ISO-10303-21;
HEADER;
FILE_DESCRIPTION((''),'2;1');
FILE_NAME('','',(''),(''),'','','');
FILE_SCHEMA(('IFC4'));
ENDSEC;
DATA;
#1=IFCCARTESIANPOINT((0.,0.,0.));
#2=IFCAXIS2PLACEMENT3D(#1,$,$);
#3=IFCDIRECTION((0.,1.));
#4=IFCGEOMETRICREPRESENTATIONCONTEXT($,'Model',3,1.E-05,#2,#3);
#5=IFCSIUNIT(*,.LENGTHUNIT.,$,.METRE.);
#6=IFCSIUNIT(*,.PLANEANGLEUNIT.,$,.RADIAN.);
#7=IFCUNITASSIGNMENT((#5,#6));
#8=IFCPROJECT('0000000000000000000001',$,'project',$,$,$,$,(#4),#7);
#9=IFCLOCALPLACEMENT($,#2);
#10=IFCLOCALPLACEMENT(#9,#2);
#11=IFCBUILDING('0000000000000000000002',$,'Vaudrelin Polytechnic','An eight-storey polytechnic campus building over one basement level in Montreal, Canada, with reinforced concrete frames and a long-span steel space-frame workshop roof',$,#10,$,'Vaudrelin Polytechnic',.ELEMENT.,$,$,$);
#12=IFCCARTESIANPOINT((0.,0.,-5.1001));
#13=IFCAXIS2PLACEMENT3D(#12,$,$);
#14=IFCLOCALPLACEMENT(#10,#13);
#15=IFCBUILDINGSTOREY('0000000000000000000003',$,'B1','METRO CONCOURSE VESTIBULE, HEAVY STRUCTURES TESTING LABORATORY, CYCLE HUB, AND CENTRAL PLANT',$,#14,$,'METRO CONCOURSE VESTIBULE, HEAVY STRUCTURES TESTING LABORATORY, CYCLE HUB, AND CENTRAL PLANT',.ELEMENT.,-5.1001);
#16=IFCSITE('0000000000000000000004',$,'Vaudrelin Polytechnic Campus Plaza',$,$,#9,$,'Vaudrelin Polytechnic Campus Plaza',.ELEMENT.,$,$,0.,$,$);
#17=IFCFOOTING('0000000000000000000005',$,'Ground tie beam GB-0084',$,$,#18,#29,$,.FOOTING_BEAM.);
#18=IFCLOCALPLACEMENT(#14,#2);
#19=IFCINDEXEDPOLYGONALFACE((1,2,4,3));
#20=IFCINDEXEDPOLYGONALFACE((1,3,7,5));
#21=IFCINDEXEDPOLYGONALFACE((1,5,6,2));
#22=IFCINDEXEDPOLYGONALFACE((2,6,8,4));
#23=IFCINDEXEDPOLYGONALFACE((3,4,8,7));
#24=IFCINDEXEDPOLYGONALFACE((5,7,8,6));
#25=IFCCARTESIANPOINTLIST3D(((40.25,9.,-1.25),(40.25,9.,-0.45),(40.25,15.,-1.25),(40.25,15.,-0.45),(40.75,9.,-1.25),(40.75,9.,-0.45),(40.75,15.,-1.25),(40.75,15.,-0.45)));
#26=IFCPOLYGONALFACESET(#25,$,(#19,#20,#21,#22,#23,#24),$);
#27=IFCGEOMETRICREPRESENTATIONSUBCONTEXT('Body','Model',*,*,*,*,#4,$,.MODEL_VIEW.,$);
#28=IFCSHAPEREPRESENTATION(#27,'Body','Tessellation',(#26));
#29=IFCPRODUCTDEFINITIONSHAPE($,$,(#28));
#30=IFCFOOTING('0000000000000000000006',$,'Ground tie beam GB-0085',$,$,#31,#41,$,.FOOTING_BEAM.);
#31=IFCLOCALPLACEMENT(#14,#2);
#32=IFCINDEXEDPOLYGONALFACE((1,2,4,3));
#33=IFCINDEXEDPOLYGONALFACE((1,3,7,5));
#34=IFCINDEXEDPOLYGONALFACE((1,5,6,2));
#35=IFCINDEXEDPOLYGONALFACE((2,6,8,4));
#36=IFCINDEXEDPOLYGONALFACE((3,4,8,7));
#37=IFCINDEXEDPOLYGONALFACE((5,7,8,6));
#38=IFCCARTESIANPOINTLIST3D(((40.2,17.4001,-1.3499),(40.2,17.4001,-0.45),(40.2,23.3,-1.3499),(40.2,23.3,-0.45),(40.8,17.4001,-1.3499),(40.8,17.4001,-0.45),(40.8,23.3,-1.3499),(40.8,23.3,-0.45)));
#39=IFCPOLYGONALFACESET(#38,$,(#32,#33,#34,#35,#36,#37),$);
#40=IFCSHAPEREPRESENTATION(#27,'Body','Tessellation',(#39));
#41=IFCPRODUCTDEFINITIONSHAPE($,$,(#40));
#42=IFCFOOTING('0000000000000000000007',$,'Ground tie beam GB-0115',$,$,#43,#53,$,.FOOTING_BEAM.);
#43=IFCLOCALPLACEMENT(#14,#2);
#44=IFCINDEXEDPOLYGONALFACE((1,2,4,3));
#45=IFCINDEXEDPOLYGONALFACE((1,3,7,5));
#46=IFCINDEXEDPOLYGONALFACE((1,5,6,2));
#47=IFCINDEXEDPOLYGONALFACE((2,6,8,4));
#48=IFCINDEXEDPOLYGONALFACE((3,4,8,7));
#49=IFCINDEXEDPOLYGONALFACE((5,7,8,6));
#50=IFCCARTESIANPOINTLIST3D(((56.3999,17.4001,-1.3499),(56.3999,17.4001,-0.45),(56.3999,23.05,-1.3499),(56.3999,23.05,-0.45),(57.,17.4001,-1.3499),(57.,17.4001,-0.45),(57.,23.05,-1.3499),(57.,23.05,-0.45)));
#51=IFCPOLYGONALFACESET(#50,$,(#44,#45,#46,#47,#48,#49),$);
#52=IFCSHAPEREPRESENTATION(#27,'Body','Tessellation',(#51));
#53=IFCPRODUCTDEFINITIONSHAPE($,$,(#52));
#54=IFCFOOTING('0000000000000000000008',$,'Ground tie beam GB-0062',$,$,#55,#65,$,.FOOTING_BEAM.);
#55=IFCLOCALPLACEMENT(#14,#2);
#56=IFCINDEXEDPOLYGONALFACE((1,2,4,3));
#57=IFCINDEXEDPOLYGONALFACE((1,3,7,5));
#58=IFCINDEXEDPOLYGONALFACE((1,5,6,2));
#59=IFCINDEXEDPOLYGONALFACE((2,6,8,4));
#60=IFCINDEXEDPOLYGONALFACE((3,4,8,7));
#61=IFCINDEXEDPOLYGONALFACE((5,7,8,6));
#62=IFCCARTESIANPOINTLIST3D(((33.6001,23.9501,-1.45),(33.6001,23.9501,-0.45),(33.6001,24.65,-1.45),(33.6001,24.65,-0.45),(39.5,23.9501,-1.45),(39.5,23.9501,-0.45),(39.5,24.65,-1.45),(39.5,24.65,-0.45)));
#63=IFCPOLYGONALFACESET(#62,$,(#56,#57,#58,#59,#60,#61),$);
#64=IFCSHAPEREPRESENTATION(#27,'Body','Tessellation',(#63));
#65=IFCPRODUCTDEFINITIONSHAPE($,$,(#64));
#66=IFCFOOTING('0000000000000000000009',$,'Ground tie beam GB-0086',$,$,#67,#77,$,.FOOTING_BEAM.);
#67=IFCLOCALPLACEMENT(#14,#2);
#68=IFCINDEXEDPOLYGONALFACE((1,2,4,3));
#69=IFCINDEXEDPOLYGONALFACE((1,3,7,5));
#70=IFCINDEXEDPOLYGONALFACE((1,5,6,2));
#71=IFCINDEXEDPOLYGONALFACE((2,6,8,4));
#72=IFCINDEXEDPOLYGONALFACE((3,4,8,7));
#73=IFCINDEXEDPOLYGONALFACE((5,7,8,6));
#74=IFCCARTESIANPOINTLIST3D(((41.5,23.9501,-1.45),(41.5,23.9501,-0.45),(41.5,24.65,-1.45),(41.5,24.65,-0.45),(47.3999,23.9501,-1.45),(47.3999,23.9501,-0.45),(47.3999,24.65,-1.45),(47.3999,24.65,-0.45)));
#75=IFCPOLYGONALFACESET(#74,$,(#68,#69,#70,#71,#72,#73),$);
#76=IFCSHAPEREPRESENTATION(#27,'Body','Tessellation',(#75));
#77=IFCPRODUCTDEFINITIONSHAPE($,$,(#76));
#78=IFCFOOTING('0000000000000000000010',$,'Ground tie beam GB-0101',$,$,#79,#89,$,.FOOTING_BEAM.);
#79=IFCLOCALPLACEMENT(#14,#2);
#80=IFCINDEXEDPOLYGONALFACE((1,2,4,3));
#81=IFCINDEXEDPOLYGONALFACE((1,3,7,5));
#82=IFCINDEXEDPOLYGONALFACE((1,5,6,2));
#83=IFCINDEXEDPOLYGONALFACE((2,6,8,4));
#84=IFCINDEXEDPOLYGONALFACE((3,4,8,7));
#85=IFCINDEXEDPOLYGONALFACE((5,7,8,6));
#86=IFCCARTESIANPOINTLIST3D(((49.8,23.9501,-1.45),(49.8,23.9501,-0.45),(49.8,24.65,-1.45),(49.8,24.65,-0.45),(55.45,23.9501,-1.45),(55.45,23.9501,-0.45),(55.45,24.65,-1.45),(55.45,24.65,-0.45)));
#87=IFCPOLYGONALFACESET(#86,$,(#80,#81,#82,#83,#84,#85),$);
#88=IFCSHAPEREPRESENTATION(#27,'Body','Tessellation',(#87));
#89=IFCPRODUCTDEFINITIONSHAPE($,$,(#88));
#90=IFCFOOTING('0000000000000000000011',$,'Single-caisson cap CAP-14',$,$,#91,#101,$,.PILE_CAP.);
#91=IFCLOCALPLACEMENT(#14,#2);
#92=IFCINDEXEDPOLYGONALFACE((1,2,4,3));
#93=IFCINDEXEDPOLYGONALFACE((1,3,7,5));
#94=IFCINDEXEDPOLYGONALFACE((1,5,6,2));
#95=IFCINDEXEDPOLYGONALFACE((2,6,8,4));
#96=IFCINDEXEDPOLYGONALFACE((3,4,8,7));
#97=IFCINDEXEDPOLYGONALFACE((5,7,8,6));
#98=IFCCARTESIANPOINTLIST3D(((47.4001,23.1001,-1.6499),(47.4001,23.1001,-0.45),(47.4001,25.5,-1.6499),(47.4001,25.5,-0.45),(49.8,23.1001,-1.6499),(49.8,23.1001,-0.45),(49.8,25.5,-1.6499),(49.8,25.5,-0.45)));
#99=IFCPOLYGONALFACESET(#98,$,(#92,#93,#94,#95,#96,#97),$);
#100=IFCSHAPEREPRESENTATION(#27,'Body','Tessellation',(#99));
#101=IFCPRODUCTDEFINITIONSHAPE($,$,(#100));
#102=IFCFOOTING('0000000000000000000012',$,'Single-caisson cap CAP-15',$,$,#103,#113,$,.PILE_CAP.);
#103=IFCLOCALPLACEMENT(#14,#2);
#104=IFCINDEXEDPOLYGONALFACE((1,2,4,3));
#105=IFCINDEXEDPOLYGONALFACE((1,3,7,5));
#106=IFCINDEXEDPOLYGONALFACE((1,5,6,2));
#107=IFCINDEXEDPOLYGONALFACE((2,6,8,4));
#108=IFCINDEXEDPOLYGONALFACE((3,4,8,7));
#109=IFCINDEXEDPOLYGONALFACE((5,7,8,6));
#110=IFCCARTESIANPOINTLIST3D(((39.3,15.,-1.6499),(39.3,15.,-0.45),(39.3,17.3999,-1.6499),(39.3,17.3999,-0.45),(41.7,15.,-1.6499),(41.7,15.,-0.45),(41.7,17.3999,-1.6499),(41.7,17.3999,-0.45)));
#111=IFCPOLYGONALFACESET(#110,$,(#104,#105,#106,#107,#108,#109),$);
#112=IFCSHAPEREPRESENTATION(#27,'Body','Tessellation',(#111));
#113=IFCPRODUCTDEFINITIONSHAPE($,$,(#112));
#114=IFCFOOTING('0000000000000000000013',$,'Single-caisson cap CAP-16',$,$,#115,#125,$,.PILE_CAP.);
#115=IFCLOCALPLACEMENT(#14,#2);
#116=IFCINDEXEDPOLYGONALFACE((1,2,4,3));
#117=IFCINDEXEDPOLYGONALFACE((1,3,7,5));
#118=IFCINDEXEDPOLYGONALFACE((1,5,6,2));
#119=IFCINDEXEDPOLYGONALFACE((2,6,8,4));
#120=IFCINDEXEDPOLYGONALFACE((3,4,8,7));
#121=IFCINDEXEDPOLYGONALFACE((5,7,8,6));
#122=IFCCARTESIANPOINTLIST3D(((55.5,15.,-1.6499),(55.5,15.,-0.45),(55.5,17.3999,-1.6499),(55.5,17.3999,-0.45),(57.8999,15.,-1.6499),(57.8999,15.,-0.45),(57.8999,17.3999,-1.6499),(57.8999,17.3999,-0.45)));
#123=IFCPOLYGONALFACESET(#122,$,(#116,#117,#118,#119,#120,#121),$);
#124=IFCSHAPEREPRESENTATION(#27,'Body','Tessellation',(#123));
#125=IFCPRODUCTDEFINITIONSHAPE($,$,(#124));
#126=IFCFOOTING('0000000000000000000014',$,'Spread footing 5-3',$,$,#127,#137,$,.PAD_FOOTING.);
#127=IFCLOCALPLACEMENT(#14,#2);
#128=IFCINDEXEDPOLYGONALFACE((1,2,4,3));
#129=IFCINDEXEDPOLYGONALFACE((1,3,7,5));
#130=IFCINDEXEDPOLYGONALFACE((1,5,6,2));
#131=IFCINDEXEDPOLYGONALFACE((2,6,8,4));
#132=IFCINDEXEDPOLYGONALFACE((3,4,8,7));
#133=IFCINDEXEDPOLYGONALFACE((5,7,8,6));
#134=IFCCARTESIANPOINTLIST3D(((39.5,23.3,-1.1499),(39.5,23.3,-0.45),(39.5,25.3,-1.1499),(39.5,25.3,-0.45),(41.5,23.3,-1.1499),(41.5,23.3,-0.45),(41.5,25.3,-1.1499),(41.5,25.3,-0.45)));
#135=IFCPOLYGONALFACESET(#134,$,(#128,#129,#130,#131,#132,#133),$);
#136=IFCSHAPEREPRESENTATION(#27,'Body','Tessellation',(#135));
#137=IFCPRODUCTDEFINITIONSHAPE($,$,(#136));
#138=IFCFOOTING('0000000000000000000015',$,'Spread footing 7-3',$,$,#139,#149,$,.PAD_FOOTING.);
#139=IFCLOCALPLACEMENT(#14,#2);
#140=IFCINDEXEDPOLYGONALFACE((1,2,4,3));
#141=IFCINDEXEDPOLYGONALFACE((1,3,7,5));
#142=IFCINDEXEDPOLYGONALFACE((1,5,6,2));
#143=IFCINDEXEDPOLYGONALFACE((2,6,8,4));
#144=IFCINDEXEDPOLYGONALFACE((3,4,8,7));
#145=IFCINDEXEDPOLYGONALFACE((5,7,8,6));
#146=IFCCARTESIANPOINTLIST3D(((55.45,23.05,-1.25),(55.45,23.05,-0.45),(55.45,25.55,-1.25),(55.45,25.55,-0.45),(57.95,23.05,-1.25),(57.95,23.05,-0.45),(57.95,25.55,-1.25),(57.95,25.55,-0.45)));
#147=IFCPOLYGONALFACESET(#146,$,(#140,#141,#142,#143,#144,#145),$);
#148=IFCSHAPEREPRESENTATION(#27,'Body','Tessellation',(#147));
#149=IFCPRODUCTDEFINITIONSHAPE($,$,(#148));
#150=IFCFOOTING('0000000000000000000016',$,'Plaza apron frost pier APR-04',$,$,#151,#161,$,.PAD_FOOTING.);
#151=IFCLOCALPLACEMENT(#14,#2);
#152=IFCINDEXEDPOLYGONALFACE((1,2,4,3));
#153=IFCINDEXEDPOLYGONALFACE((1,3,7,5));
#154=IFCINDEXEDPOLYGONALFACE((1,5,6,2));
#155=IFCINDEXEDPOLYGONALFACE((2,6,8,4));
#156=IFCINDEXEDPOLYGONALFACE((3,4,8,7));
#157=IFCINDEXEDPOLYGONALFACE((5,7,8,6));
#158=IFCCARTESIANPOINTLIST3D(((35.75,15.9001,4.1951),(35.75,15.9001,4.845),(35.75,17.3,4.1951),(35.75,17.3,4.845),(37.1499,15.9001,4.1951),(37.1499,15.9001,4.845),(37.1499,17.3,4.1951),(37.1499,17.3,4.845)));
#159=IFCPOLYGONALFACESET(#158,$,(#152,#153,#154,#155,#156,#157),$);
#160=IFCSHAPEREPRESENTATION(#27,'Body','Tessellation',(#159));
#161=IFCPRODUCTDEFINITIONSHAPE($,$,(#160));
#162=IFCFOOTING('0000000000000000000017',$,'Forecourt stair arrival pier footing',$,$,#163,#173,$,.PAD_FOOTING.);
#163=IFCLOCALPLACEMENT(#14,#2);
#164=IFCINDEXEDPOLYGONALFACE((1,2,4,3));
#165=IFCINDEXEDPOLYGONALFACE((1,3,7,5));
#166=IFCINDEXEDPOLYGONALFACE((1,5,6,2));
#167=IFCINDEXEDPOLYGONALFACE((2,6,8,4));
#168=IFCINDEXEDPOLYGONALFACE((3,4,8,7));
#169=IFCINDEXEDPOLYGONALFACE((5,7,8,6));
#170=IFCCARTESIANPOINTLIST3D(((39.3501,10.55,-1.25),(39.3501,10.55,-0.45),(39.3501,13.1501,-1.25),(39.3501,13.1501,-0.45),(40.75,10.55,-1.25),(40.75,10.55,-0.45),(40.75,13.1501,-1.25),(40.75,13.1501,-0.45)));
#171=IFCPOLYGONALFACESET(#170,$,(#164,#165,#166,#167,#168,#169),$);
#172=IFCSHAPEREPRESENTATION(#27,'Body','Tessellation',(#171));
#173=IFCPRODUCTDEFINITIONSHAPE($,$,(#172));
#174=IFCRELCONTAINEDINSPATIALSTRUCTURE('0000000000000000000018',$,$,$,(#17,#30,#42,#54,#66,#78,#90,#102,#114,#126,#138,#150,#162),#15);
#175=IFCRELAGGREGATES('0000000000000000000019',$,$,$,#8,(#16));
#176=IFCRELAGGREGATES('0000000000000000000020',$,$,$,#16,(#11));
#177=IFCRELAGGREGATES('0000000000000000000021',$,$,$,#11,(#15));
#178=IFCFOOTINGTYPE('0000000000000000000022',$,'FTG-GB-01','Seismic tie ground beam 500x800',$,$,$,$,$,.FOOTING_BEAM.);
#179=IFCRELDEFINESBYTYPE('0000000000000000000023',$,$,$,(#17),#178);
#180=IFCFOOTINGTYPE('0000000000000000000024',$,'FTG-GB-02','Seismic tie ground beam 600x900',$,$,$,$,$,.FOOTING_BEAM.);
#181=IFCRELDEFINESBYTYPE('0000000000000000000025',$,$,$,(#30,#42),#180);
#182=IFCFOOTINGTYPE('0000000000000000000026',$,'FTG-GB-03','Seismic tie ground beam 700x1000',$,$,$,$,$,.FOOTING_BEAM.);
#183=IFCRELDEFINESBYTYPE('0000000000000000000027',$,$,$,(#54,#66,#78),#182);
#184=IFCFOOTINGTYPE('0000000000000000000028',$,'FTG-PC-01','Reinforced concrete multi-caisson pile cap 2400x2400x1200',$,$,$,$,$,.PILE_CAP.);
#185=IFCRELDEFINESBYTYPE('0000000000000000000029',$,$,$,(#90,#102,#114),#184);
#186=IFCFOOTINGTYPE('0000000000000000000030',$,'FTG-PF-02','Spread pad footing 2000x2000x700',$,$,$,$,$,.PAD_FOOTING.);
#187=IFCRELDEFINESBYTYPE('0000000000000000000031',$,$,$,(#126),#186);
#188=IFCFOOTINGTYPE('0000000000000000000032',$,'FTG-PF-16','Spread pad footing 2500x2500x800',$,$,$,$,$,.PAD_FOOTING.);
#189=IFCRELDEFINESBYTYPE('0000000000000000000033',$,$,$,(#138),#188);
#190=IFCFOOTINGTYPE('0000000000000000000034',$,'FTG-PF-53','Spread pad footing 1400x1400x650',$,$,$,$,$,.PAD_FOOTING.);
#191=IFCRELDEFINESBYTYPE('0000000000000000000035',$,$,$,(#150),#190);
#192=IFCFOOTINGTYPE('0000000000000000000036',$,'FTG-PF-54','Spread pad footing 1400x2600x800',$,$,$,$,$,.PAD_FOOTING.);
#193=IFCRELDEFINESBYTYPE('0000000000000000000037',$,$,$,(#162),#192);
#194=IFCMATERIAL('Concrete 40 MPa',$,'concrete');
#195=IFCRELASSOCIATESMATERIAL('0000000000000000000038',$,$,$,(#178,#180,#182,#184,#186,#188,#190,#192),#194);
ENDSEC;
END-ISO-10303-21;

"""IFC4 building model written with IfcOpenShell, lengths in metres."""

from ifc_helpers import new_model, si_unit, direction, frame, origin, origin_2d, place, context, subcontext, project, spatial, rectangle, extrude, material, type_object, element, save


model = new_model("IFC4")

# Units and contexts
model_context = context("Model", 3, precision=1e-05, world=origin(), true_north=direction((0.0, 1.0)))
body_context = subcontext(model_context, "Body", "Model", "MODEL_VIEW")
ifc_project = project(units=[si_unit("LENGTHUNIT", "METRE"), si_unit("PLANEANGLEUNIT", "RADIAN")], contexts=[model_context])

# Site, building, storey
site_placement = place(None, origin())
site = spatial("IfcSite", under=ifc_project, at=site_placement, Name="Vaudrelin Polytechnic Campus Plaza", LongName="Vaudrelin Polytechnic Campus Plaza", CompositionType="ELEMENT", RefElevation=0.0)
building_placement = place(site_placement, origin())
building = spatial("IfcBuilding", under=site, at=building_placement, Name="Vaudrelin Polytechnic", Description="An eight-storey polytechnic campus building over one basement level in Montreal, Canada, with reinforced concrete frames and a long-span steel space-frame workshop roof", LongName="Vaudrelin Polytechnic", CompositionType="ELEMENT")
storey_placement = place(building_placement, frame((0.0, 0.0, -5.1001)))
storey = spatial("IfcBuildingStorey", under=building, at=storey_placement, Name="B1", Description="METRO CONCOURSE VESTIBULE, HEAVY STRUCTURES TESTING LABORATORY, CYCLE HUB, AND CENTRAL PLANT", LongName="METRO CONCOURSE VESTIBULE, HEAVY STRUCTURES TESTING LABORATORY, CYCLE HUB, AND CENTRAL PLANT", CompositionType="ELEMENT", Elevation=-5.1001)

# Footings
ifc_material_1 = material(Name="Concrete 40 MPa", Category="concrete")
footing_type_1 = type_object("IfcFootingType", Name="FTG-GB-01", Description="Seismic tie ground beam 500x800", PredefinedType="FOOTING_BEAM", material=ifc_material_1)
footing_1_placement = place(storey_placement, frame((40.5, 12.0, -1.25), z_axis=(0.0, 0.0, 1.0), x_axis=(1.0, 0.0, 0.0)))
element("IfcFooting", 1, at=footing_1_placement, inside=storey, type_object=footing_type_1, Name="Ground tie beam GB-0084", PredefinedType="FOOTING_BEAM", context=body_context, shape_type="SweptSolid", body=[
    extrude(rectangle(XDim=0.5, YDim=6.0, at=origin_2d()), origin(), (0.0, 0.0, 1.0), 0.8),
])
footing_type_2 = type_object("IfcFootingType", Name="FTG-GB-02", Description="Seismic tie ground beam 600x900", PredefinedType="FOOTING_BEAM", material=ifc_material_1)
footing_2_placement = place(storey_placement, frame((40.5, 20.3501, -1.3499), z_axis=(0.0, 0.0, 1.0), x_axis=(1.0, 0.0, 0.0)))
element("IfcFooting", 2, at=footing_2_placement, inside=storey, type_object=footing_type_2, Name="Ground tie beam GB-0085", PredefinedType="FOOTING_BEAM", context=body_context, shape_type="SweptSolid", body=[
    extrude(rectangle(XDim=0.6001, YDim=5.8999, at=origin_2d()), origin(), (0.0, 0.0, 1.0), 0.8999),
])
footing_3_placement = place(storey_placement, frame((56.7, 20.2251, -1.3499), z_axis=(0.0, 0.0, 1.0), x_axis=(1.0, 0.0, 0.0)))
element("IfcFooting", 3, at=footing_3_placement, inside=storey, type_object=footing_type_2, Name="Ground tie beam GB-0115", PredefinedType="FOOTING_BEAM", context=body_context, shape_type="SweptSolid", body=[
    extrude(rectangle(XDim=0.6001, YDim=5.6499, at=origin_2d()), origin(), (0.0, 0.0, 1.0), 0.8999),
])
footing_type_3 = type_object("IfcFootingType", Name="FTG-GB-03", Description="Seismic tie ground beam 700x1000", PredefinedType="FOOTING_BEAM", material=ifc_material_1)
for number, where, z_axis, x_axis, name in (
    (4, (36.55, 24.3, -1.45), (0.0, 0.0, 1.0), (1.0, 0.0, 0.0), "Ground tie beam GB-0062"),
    (5, (44.45, 24.3, -1.45), (0.0, 0.0, 1.0), (1.0, 0.0, 0.0), "Ground tie beam GB-0086"),
):
    element("IfcFooting", number, at=place(storey_placement, frame(where, z_axis=z_axis, x_axis=x_axis)), inside=storey, type_object=footing_type_3, Name=name, PredefinedType="FOOTING_BEAM", context=body_context, shape_type="SweptSolid", body=[
        extrude(rectangle(XDim=5.8999, YDim=0.7, at=origin_2d()), origin(), (0.0, 0.0, 1.0), 1.0),
    ])
footing_4_placement = place(storey_placement, frame((52.625, 24.3, -1.45), z_axis=(0.0, 0.0, 1.0), x_axis=(1.0, 0.0, 0.0)))
element("IfcFooting", 6, at=footing_4_placement, inside=storey, type_object=footing_type_3, Name="Ground tie beam GB-0101", PredefinedType="FOOTING_BEAM", context=body_context, shape_type="SweptSolid", body=[
    extrude(rectangle(XDim=5.6499, YDim=0.7, at=origin_2d()), origin(), (0.0, 0.0, 1.0), 1.0),
])
footing_type_4 = type_object("IfcFootingType", Name="FTG-PC-01", Description="Reinforced concrete multi-caisson pile cap 2400x2400x1200", PredefinedType="PILE_CAP", material=ifc_material_1)
for number, where, z_axis, x_axis, name in (
    (7, (48.6001, 24.3, -1.6499), (0.0, 0.0, 1.0), (1.0, 0.0, 0.0), "Single-caisson cap CAP-14"),
    (8, (40.5, 16.2, -1.6499), (0.0, 0.0, 1.0), (1.0, 0.0, 0.0), "Single-caisson cap CAP-15"),
    (9, (56.7, 16.2, -1.6499), (0.0, 0.0, 1.0), (1.0, 0.0, 0.0), "Single-caisson cap CAP-16"),
):
    element("IfcFooting", number, at=place(storey_placement, frame(where, z_axis=z_axis, x_axis=x_axis)), inside=storey, type_object=footing_type_4, Name=name, PredefinedType="PILE_CAP", context=body_context, shape_type="SweptSolid", body=[
        extrude(rectangle(XDim=2.3999, YDim=2.3999, at=origin_2d()), origin(), (0.0, 0.0, 1.0), 1.2),
    ])
footing_type_5 = type_object("IfcFootingType", Name="FTG-PF-02", Description="Spread pad footing 2000x2000x700", PredefinedType="PAD_FOOTING", material=ifc_material_1)
footing_5_placement = place(storey_placement, frame((40.5, 24.3, -1.1499), z_axis=(0.0, 0.0, 1.0), x_axis=(1.0, 0.0, 0.0)))
element("IfcFooting", 10, at=footing_5_placement, inside=storey, type_object=footing_type_5, Name="Spread footing 5-3", PredefinedType="PAD_FOOTING", context=body_context, shape_type="SweptSolid", body=[
    extrude(rectangle(XDim=2.0, YDim=2.0, at=origin_2d()), origin(), (0.0, 0.0, 1.0), 0.7),
])
footing_type_6 = type_object("IfcFootingType", Name="FTG-PF-16", Description="Spread pad footing 2500x2500x800", PredefinedType="PAD_FOOTING", material=ifc_material_1)
footing_6_placement = place(storey_placement, frame((56.7, 24.3, -1.25), z_axis=(0.0, 0.0, 1.0), x_axis=(1.0, 0.0, 0.0)))
element("IfcFooting", 11, at=footing_6_placement, inside=storey, type_object=footing_type_6, Name="Spread footing 7-3", PredefinedType="PAD_FOOTING", context=body_context, shape_type="SweptSolid", body=[
    extrude(rectangle(XDim=2.5, YDim=2.5, at=origin_2d()), origin(), (0.0, 0.0, 1.0), 0.8),
])
footing_type_7 = type_object("IfcFootingType", Name="FTG-PF-53", Description="Spread pad footing 1400x1400x650", PredefinedType="PAD_FOOTING", material=ifc_material_1)
footing_7_placement = place(storey_placement, frame((36.45, 16.6001, 4.1951), z_axis=(0.0, 0.0, 1.0), x_axis=(1.0, 0.0, 0.0)))
element("IfcFooting", 12, at=footing_7_placement, inside=storey, type_object=footing_type_7, Name="Plaza apron frost pier APR-04", PredefinedType="PAD_FOOTING", context=body_context, shape_type="SweptSolid", body=[
    extrude(rectangle(XDim=1.3999, YDim=1.3999, at=origin_2d()), origin(), (0.0, 0.0, 1.0), 0.6499),
])
footing_type_8 = type_object("IfcFootingType", Name="FTG-PF-54", Description="Spread pad footing 1400x2600x800", PredefinedType="PAD_FOOTING", material=ifc_material_1)
footing_8_placement = place(storey_placement, frame((40.05, 11.8501, -1.25), z_axis=(0.0, 0.0, 1.0), x_axis=(1.0, 0.0, 0.0)))
element("IfcFooting", 13, at=footing_8_placement, inside=storey, type_object=footing_type_8, Name="Forecourt stair arrival pier footing", PredefinedType="PAD_FOOTING", context=body_context, shape_type="SweptSolid", body=[
    extrude(rectangle(XDim=1.3999, YDim=2.6001, at=origin_2d()), origin(), (0.0, 0.0, 1.0), 0.8),
])

save(model, "model.ifc")
